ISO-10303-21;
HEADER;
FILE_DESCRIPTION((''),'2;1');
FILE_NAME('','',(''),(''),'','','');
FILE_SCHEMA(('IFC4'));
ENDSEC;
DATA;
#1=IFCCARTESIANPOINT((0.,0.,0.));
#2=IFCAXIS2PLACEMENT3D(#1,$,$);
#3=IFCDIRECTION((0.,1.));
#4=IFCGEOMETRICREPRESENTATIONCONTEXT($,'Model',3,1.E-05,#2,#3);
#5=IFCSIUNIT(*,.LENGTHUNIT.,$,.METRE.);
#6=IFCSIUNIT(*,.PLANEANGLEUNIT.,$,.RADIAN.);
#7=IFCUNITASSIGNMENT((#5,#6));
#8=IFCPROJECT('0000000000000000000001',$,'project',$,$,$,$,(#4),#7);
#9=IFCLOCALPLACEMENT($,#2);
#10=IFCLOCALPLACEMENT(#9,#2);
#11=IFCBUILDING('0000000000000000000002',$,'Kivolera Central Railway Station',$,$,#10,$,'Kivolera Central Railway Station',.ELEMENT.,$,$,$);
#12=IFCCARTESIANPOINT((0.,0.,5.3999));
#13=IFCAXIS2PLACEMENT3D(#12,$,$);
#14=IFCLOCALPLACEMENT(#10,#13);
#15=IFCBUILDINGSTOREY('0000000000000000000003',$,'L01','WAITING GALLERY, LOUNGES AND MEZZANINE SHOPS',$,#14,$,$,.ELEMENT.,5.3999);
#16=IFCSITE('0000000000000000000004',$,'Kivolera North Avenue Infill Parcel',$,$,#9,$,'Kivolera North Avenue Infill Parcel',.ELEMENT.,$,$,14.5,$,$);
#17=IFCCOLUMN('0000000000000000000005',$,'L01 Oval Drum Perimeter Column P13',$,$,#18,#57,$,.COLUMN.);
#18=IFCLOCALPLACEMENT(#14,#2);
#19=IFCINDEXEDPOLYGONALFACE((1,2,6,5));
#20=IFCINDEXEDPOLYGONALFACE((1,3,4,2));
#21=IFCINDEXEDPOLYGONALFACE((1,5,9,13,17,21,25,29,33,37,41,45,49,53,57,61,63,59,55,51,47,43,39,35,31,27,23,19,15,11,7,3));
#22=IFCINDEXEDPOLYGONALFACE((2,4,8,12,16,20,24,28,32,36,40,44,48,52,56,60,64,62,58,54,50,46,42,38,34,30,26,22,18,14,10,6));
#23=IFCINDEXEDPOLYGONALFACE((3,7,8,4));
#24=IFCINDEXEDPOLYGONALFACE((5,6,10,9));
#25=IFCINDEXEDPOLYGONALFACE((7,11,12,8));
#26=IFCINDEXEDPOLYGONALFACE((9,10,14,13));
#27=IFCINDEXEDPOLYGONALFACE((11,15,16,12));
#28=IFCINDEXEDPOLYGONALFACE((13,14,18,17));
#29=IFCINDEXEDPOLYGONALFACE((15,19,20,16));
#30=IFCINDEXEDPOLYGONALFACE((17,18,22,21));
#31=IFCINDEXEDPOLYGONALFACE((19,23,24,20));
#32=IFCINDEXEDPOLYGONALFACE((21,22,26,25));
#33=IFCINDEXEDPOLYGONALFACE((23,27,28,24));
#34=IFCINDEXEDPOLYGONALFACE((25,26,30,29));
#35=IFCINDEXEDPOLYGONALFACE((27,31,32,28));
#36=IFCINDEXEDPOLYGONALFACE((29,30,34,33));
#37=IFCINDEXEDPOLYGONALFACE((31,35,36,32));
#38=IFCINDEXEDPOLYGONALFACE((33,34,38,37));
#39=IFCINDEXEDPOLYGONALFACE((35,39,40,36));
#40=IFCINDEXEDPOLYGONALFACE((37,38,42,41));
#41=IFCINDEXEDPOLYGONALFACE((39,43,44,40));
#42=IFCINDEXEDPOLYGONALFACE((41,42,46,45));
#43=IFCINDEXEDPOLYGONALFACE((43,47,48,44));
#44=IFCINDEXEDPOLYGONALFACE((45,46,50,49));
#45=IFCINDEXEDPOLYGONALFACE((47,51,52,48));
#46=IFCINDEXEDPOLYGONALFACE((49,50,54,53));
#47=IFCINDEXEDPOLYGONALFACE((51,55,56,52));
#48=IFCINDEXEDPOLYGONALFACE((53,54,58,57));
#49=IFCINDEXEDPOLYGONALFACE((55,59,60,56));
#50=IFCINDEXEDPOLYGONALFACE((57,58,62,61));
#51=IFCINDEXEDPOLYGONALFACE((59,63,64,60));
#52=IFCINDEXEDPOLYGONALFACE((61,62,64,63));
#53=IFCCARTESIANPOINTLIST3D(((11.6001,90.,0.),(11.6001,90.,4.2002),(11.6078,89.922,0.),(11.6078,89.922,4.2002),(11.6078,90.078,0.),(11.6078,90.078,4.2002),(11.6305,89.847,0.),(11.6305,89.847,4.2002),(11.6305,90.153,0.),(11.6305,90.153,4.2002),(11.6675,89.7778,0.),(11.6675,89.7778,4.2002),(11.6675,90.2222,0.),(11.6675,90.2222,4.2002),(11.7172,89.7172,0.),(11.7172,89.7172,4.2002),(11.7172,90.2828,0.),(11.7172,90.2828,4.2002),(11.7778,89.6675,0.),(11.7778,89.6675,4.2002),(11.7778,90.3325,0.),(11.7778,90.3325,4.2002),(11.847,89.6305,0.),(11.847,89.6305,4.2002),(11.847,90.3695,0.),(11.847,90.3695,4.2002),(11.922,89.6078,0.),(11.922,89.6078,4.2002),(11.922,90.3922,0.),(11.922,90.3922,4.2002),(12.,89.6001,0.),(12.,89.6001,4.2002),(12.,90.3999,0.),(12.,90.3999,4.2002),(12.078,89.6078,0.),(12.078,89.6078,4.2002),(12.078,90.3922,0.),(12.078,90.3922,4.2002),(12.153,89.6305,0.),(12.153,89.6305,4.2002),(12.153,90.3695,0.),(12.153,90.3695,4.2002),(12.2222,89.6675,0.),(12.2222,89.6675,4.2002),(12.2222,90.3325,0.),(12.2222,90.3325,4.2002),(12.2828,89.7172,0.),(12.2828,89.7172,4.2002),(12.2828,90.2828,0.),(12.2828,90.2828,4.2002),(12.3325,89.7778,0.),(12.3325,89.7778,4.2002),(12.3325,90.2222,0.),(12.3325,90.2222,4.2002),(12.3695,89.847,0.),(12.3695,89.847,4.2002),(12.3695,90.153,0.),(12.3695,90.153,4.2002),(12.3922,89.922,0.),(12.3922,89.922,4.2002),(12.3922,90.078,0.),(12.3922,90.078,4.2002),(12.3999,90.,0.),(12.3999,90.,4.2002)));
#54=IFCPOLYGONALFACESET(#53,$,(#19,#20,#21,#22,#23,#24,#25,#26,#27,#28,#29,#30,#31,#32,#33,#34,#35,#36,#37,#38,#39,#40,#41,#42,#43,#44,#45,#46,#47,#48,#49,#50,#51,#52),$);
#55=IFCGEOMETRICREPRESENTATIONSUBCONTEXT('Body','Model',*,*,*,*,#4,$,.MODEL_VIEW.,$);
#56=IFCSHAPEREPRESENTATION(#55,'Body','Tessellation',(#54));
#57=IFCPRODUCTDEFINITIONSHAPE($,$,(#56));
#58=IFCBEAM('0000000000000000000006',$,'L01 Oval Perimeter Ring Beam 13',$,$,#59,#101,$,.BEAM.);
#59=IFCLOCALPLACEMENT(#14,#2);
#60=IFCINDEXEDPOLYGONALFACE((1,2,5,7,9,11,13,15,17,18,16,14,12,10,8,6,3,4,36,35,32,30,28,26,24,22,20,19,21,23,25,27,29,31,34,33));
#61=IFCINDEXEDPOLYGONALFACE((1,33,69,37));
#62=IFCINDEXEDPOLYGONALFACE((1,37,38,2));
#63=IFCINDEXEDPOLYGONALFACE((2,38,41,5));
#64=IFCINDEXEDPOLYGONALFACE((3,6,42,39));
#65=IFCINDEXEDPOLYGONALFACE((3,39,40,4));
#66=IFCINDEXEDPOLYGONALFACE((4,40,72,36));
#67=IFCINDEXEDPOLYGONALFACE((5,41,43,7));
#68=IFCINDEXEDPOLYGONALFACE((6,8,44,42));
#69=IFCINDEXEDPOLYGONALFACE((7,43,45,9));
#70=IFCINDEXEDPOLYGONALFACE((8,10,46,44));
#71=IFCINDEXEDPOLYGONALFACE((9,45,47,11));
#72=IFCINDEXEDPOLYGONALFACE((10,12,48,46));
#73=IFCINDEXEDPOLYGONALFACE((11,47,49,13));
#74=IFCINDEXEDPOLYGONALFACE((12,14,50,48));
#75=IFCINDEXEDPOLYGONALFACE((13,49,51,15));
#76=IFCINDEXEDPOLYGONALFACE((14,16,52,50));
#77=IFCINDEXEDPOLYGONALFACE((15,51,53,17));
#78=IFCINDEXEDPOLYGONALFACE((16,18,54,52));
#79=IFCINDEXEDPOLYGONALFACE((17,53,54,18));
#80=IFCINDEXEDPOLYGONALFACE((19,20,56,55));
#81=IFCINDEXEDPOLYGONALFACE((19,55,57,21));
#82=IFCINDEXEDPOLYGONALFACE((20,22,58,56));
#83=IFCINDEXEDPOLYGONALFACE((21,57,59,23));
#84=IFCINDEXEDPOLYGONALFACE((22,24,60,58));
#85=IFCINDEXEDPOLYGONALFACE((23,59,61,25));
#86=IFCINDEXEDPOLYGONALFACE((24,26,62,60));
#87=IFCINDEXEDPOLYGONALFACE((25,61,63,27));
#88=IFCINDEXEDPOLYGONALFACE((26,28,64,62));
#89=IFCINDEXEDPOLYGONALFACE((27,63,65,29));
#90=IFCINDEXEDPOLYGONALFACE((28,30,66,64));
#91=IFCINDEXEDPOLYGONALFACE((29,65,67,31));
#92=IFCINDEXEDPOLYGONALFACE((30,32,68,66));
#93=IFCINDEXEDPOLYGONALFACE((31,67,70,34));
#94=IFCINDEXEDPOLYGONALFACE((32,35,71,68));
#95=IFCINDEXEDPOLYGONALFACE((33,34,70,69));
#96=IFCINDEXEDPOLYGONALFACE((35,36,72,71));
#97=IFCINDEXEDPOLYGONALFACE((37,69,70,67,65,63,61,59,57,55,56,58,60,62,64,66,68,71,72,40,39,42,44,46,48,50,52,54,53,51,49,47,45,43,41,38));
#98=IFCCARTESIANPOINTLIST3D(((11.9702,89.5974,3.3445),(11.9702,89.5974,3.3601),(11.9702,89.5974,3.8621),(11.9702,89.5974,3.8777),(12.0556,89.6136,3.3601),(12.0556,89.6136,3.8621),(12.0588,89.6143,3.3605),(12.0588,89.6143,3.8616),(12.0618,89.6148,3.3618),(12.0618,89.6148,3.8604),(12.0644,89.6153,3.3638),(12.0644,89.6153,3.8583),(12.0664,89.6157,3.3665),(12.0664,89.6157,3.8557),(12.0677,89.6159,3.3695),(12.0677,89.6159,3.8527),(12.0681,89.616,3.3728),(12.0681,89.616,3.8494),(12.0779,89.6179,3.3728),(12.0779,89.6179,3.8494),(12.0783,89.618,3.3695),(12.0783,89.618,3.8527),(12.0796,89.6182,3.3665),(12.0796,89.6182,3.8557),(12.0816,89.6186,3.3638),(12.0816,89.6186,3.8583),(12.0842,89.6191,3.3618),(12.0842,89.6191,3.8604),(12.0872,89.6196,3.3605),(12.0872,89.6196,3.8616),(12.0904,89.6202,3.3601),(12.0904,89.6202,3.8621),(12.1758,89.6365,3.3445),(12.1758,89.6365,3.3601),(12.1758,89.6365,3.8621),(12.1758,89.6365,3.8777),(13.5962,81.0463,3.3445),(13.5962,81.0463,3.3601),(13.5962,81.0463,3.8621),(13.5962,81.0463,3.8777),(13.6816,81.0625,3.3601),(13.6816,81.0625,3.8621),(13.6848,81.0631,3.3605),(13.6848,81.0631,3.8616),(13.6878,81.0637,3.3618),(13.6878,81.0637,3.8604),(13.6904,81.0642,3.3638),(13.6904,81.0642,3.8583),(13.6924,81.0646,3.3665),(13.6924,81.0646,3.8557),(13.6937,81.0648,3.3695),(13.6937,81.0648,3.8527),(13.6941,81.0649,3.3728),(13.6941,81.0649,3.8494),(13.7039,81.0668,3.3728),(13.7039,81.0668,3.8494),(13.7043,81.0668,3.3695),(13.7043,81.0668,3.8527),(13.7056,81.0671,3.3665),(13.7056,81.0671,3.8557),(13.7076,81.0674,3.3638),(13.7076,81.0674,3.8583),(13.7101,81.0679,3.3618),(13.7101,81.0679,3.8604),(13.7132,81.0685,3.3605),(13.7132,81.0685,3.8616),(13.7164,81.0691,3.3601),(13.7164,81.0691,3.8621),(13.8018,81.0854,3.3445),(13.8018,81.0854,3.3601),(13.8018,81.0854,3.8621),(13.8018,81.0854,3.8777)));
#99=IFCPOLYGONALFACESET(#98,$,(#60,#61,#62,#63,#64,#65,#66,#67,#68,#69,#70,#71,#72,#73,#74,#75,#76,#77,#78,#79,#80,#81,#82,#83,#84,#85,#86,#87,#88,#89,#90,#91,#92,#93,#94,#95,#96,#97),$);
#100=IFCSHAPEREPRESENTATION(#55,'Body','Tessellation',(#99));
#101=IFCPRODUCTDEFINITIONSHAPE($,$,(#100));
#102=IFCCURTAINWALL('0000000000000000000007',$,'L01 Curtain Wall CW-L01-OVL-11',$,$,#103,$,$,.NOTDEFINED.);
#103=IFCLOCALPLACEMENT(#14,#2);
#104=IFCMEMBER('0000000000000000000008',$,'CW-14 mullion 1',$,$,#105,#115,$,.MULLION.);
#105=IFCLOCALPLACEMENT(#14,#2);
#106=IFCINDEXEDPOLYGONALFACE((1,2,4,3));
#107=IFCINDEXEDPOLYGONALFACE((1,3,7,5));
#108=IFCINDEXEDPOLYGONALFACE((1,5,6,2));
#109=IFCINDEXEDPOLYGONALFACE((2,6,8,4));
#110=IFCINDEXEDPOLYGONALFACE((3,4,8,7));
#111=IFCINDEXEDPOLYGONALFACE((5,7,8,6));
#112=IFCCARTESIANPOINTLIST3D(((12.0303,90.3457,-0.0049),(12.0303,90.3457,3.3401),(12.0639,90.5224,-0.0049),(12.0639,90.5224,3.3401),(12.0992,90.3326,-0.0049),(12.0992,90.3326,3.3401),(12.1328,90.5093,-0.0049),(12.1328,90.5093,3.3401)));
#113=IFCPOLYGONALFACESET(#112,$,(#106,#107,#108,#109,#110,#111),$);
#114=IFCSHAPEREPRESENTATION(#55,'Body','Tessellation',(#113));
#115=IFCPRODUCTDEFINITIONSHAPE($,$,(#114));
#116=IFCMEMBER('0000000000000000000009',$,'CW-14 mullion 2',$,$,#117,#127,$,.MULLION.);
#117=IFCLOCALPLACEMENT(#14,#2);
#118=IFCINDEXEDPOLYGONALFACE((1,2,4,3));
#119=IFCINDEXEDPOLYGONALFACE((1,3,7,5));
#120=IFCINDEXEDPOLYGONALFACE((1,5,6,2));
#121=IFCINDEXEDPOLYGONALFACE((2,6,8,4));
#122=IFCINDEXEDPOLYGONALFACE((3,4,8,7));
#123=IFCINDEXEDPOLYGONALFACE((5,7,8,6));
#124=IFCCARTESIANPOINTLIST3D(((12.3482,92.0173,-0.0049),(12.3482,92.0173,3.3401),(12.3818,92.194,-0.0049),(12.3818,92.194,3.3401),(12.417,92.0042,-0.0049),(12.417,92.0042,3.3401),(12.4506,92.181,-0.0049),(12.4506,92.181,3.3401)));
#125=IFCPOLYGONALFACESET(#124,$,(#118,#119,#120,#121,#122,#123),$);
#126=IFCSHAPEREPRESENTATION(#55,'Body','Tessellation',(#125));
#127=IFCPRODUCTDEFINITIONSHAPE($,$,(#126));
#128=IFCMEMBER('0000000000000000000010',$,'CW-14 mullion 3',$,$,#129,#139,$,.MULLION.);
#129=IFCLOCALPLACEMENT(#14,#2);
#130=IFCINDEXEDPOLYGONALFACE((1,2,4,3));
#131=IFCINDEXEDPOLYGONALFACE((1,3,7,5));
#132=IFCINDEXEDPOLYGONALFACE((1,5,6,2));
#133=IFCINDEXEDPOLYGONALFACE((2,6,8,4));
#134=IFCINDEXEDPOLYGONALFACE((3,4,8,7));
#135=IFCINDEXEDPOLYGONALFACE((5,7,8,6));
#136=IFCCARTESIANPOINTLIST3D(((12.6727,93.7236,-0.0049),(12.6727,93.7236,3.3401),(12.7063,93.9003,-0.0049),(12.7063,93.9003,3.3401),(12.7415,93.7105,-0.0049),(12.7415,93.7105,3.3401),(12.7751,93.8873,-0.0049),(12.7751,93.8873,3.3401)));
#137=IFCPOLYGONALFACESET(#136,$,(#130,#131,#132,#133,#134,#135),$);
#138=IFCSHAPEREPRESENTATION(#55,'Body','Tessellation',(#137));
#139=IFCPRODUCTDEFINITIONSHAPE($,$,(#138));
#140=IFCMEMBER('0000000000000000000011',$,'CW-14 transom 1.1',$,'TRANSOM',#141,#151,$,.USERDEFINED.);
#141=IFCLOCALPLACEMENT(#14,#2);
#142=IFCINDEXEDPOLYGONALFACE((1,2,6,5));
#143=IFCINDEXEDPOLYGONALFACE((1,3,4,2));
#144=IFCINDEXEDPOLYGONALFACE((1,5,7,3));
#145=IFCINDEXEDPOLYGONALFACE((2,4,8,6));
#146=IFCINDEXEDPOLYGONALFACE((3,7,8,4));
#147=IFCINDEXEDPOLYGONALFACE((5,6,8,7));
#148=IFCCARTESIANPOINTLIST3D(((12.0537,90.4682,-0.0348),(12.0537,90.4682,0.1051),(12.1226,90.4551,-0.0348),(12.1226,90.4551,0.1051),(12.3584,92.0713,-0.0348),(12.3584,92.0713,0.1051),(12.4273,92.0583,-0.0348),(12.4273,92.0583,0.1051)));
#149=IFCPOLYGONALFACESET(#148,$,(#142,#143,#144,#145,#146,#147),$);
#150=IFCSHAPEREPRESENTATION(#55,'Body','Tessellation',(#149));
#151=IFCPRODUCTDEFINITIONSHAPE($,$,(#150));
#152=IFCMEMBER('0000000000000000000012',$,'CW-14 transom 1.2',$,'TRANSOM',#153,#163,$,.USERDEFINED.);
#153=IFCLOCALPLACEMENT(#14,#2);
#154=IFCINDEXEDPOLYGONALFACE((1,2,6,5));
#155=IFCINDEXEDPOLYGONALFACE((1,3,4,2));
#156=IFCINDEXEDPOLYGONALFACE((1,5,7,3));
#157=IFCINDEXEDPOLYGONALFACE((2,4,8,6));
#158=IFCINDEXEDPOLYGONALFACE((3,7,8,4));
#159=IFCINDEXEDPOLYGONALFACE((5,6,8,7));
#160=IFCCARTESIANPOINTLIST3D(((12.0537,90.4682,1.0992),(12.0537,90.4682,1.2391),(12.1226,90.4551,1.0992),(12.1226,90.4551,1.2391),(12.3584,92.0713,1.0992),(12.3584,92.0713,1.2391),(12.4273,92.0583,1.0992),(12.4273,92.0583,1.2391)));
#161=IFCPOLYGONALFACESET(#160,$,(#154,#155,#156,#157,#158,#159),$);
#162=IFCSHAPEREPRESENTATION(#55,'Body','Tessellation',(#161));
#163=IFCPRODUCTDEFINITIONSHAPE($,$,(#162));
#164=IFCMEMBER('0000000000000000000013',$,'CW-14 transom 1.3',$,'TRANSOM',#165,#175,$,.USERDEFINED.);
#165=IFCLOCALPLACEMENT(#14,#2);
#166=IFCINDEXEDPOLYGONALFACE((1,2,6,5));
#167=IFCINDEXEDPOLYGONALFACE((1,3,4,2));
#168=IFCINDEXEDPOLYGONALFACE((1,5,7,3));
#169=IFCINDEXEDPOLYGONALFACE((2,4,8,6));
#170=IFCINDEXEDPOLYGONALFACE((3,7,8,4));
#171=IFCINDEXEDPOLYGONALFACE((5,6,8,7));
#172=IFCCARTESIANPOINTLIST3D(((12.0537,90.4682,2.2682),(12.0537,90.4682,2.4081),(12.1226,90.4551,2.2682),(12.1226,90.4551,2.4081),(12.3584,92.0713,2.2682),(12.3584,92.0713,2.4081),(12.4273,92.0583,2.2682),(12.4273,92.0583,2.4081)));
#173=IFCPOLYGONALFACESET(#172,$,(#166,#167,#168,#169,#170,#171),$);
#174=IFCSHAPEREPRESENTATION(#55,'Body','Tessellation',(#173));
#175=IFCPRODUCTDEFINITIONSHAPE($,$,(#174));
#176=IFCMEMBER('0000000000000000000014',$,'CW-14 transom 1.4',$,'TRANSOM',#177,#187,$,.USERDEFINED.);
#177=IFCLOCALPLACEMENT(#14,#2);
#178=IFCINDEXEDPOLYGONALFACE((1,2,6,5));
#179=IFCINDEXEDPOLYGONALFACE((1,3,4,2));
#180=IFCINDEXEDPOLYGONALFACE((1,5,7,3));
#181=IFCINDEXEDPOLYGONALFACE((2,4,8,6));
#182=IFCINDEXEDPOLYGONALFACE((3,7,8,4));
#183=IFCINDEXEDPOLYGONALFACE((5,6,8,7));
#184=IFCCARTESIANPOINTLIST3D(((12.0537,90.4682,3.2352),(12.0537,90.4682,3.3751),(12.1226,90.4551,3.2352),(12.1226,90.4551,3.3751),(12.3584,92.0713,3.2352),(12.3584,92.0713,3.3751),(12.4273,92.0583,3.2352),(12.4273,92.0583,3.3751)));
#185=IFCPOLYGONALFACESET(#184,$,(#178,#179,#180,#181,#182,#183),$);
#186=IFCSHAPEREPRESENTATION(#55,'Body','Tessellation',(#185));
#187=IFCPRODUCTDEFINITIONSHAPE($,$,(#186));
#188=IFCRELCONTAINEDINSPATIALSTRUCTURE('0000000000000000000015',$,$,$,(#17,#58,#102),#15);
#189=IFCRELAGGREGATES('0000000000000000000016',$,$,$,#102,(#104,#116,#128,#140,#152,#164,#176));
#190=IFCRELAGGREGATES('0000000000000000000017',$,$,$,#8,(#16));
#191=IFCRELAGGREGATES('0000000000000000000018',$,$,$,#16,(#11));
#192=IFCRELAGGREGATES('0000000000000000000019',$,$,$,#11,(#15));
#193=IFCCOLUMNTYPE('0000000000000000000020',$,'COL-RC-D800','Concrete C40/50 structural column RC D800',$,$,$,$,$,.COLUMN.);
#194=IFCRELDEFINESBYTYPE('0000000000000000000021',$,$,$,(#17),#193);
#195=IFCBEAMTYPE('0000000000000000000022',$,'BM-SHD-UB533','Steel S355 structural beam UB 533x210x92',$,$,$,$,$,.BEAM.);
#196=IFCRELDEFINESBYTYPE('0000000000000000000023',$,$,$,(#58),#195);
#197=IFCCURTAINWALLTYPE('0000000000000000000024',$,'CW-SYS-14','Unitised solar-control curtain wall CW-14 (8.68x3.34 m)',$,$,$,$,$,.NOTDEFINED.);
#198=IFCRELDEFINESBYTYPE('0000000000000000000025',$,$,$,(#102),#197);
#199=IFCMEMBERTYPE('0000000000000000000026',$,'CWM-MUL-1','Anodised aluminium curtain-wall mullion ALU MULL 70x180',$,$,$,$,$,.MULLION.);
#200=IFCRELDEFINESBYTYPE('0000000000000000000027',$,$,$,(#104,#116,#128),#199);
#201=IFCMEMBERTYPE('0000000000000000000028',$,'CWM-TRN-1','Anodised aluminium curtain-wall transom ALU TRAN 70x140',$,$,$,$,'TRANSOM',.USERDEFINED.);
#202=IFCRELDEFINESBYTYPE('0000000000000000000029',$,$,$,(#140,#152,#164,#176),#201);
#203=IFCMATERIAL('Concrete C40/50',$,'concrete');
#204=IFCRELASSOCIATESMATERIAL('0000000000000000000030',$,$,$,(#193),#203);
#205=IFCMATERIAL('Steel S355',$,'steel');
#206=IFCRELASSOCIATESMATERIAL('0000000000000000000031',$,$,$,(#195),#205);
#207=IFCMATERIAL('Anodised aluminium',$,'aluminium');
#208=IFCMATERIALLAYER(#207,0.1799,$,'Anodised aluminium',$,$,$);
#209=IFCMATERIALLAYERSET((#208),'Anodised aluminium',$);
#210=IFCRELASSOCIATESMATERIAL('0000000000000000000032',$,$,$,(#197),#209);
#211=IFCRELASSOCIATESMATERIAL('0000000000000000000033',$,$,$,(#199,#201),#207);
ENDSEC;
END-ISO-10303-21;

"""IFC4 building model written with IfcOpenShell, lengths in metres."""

from ifc_helpers import new_model, si_unit, direction, frame, origin, origin_2d, place, context, subcontext, project, spatial, rectangle, circle, i_section, extrude, material, layer, layer_set, material_profile, profile_set, type_object, element, aggregate, save


model = new_model("IFC4")

# Units and contexts
model_context = context("Model", 3, precision=1e-05, world=origin(), true_north=direction((0.0, 1.0)))
body_context = subcontext(model_context, "Body", "Model", "MODEL_VIEW")
ifc_project = project(units=[si_unit("LENGTHUNIT", "METRE"), si_unit("PLANEANGLEUNIT", "RADIAN")], contexts=[model_context])

# Site, building, storey
site_placement = place(None, origin())
site = spatial("IfcSite", under=ifc_project, at=site_placement, Name="Kivolera North Avenue Infill Parcel", LongName="Kivolera North Avenue Infill Parcel", CompositionType="ELEMENT", RefElevation=14.5)
building_placement = place(site_placement, origin())
building = spatial("IfcBuilding", under=site, at=building_placement, Name="Kivolera Central Railway Station", LongName="Kivolera Central Railway Station", CompositionType="ELEMENT")
storey_placement = place(building_placement, frame((0.0, 0.0, 5.3999)))
storey = spatial("IfcBuildingStorey", under=building, at=storey_placement, Name="L01", Description="WAITING GALLERY, LOUNGES AND MEZZANINE SHOPS", CompositionType="ELEMENT", Elevation=5.3999)

# Column
ifc_material_1 = material(Name="Concrete C40/50", Category="concrete")
ifc_material_profile_1 = material_profile(ifc_material_1, circle(Radius=0.3999, at=origin_2d()), Name="RC D800")
ifc_profile_set_1 = profile_set([ifc_material_profile_1], Name="Concrete C40/50")
column_type = type_object("IfcColumnType", Name="COL-RC-D800", Description="Concrete C40/50 structural column RC D800", PredefinedType="COLUMN", material=ifc_profile_set_1)
column_placement = place(storey_placement, frame((12.0, 90.0, 0.0), z_axis=(0.0, 0.0, 1.0), x_axis=(1.0, 0.0, 0.0)))
element("IfcColumn", 1, at=column_placement, inside=storey, type_object=column_type, Name="L01 Oval Drum Perimeter Column P13", PredefinedType="COLUMN", context=body_context, shape_type="SweptSolid", body=[
    extrude(circle(Radius=0.3999, at=origin_2d()), origin(), (0.0, 0.0, 1.0), 4.2002),
])

# Beam
ifc_material_2 = material(Name="Steel S355", Category="steel")
ifc_material_profile_2 = material_profile(ifc_material_2, i_section(OverallWidth=0.2092, OverallDepth=0.5332, WebThickness=0.01, FlangeThickness=0.0156, FilletRadius=0.0127, at=origin_2d()), Name="UB 533x210x92")
ifc_profile_set_2 = profile_set([ifc_material_profile_2], Name="Steel S355")
beam_type = type_object("IfcBeamType", Name="BM-SHD-UB533", Description="Steel S355 structural beam UB 533x210x92", PredefinedType="BEAM", material=ifc_profile_set_2)
beam_placement = place(storey_placement, frame((12.073, 89.6169, 3.6111), z_axis=(0.186803, -0.982397, 0.0), x_axis=(0.982397, 0.186803, 0.0)))
element("IfcBeam", 2, at=beam_placement, inside=storey, type_object=beam_type, Name="L01 Oval Perimeter Ring Beam 13", PredefinedType="BEAM", context=body_context, shape_type="SweptSolid", body=[
    extrude(i_section(OverallWidth=0.2092, OverallDepth=0.5332, WebThickness=0.01, FlangeThickness=0.0156, FilletRadius=0.0127, at=origin_2d()), origin(), (0.0, 0.0, 1.0), 8.7043),
])

# Curtain wall, members
ifc_material_3 = material(Name="Anodised aluminium", Category="aluminium")
ifc_layer_1 = layer(ifc_material_3, 0.1799, Name="Anodised aluminium")
ifc_layer_set_1 = layer_set([ifc_layer_1], Name="Anodised aluminium")
curtain_wall_type = type_object("IfcCurtainWallType", Name="CW-SYS-14", Description="Unitised solar-control curtain wall CW-14 (8.68x3.34 m)", PredefinedType="NOTDEFINED", material=ifc_layer_set_1)
curtain_wall_placement = place(storey_placement, origin())
curtain_wall = element("IfcCurtainWall", 3, at=curtain_wall_placement, inside=storey, type_object=curtain_wall_type, Name="L01 Curtain Wall CW-L01-OVL-11", PredefinedType="NOTDEFINED")
ifc_material_profile_3 = material_profile(ifc_material_3, rectangle(XDim=0.0701, YDim=0.1799, at=origin_2d()), Name="ALU MULL 70x180")
ifc_profile_set_3 = profile_set([ifc_material_profile_3], Name="Anodised aluminium")
member_type_1 = type_object("IfcMemberType", Name="CWM-MUL-1", Description="Anodised aluminium curtain-wall mullion ALU MULL 70x180", PredefinedType="MULLION", material=ifc_profile_set_3)
member_1_placement = place(storey_placement, frame((12.0815, 90.4275, -0.0049), z_axis=(0.0, 0.0, 1.0), x_axis=(-0.982401, 0.186784, 0.0)))
member_1 = element("IfcMember", 4, at=member_1_placement, type_object=member_type_1, Name="CW-14 mullion 1", PredefinedType="MULLION", context=body_context, shape_type="SweptSolid", body=[
    extrude(rectangle(XDim=0.0701, YDim=0.1799, at=origin_2d()), origin(), (0.0, 0.0, 1.0), 3.345),
])
member_2_placement = place(storey_placement, frame((12.3994, 92.0991, -0.0049), z_axis=(0.0, 0.0, 1.0), x_axis=(-0.982401, 0.186784, 0.0)))
member_2 = element("IfcMember", 5, at=member_2_placement, type_object=member_type_1, Name="CW-14 mullion 2", PredefinedType="MULLION", context=body_context, shape_type="SweptSolid", body=[
    extrude(rectangle(XDim=0.0701, YDim=0.1799, at=origin_2d()), origin(), (0.0, 0.0, 1.0), 3.345),
])
member_3_placement = place(storey_placement, frame((12.7239, 93.8054, -0.0049), z_axis=(0.0, 0.0, 1.0), x_axis=(-0.982401, 0.186784, 0.0)))
member_3 = element("IfcMember", 6, at=member_3_placement, type_object=member_type_1, Name="CW-14 mullion 3", PredefinedType="MULLION", context=body_context, shape_type="SweptSolid", body=[
    extrude(rectangle(XDim=0.0701, YDim=0.1799, at=origin_2d()), origin(), (0.0, 0.0, 1.0), 3.345),
])
ifc_material_profile_4 = material_profile(ifc_material_3, rectangle(XDim=0.0701, YDim=0.1399, at=origin_2d()), Name="ALU TRAN 70x140")
ifc_profile_set_4 = profile_set([ifc_material_profile_4], Name="Anodised aluminium")
member_type_2 = type_object("IfcMemberType", Name="CWM-TRN-1", Description="Anodised aluminium curtain-wall transom ALU TRAN 70x140", ElementType="TRANSOM", PredefinedType="USERDEFINED", material=ifc_profile_set_4)
member_4_placement = place(storey_placement, frame((12.0881, 90.4617, 0.0352), z_axis=(0.186727, 0.982412, 0.0), x_axis=(-0.982412, 0.186727, 0.0)))
member_4 = element("IfcMember", 7, at=member_4_placement, type_object=member_type_2, Name="CW-14 transom 1.1", ObjectType="TRANSOM", PredefinedType="USERDEFINED", context=body_context, shape_type="SweptSolid", body=[
    extrude(rectangle(XDim=0.0701, YDim=0.1399, at=origin_2d()), origin(), (0.0, 0.0, 1.0), 1.6318),
])
member_5_placement = place(storey_placement, frame((12.0881, 90.4617, 1.1692), z_axis=(0.186727, 0.982412, 0.0), x_axis=(-0.982412, 0.186727, 0.0)))
member_5 = element("IfcMember", 8, at=member_5_placement, type_object=member_type_2, Name="CW-14 transom 1.2", ObjectType="TRANSOM", PredefinedType="USERDEFINED", context=body_context, shape_type="SweptSolid", body=[
    extrude(rectangle(XDim=0.0701, YDim=0.1399, at=origin_2d()), origin(), (0.0, 0.0, 1.0), 1.6318),
])
member_6_placement = place(storey_placement, frame((12.0881, 90.4617, 2.3381), z_axis=(0.186727, 0.982412, 0.0), x_axis=(-0.982412, 0.186727, 0.0)))
member_6 = element("IfcMember", 9, at=member_6_placement, type_object=member_type_2, Name="CW-14 transom 1.3", ObjectType="TRANSOM", PredefinedType="USERDEFINED", context=body_context, shape_type="SweptSolid", body=[
    extrude(rectangle(XDim=0.0701, YDim=0.1399, at=origin_2d()), origin(), (0.0, 0.0, 1.0), 1.6318),
])
member_7_placement = place(storey_placement, frame((12.0881, 90.4617, 3.3052), z_axis=(0.186727, 0.982412, 0.0), x_axis=(-0.982412, 0.186727, 0.0)))
member_7 = element("IfcMember", 10, at=member_7_placement, type_object=member_type_2, Name="CW-14 transom 1.4", ObjectType="TRANSOM", PredefinedType="USERDEFINED", context=body_context, shape_type="SweptSolid", body=[
    extrude(rectangle(XDim=0.0701, YDim=0.1399, at=origin_2d()), origin(), (0.0, 0.0, 1.0), 1.6318),
])
aggregate(curtain_wall, [member_1, member_2, member_3, member_4, member_5, member_6, member_7])

save(model, "model.ifc")
